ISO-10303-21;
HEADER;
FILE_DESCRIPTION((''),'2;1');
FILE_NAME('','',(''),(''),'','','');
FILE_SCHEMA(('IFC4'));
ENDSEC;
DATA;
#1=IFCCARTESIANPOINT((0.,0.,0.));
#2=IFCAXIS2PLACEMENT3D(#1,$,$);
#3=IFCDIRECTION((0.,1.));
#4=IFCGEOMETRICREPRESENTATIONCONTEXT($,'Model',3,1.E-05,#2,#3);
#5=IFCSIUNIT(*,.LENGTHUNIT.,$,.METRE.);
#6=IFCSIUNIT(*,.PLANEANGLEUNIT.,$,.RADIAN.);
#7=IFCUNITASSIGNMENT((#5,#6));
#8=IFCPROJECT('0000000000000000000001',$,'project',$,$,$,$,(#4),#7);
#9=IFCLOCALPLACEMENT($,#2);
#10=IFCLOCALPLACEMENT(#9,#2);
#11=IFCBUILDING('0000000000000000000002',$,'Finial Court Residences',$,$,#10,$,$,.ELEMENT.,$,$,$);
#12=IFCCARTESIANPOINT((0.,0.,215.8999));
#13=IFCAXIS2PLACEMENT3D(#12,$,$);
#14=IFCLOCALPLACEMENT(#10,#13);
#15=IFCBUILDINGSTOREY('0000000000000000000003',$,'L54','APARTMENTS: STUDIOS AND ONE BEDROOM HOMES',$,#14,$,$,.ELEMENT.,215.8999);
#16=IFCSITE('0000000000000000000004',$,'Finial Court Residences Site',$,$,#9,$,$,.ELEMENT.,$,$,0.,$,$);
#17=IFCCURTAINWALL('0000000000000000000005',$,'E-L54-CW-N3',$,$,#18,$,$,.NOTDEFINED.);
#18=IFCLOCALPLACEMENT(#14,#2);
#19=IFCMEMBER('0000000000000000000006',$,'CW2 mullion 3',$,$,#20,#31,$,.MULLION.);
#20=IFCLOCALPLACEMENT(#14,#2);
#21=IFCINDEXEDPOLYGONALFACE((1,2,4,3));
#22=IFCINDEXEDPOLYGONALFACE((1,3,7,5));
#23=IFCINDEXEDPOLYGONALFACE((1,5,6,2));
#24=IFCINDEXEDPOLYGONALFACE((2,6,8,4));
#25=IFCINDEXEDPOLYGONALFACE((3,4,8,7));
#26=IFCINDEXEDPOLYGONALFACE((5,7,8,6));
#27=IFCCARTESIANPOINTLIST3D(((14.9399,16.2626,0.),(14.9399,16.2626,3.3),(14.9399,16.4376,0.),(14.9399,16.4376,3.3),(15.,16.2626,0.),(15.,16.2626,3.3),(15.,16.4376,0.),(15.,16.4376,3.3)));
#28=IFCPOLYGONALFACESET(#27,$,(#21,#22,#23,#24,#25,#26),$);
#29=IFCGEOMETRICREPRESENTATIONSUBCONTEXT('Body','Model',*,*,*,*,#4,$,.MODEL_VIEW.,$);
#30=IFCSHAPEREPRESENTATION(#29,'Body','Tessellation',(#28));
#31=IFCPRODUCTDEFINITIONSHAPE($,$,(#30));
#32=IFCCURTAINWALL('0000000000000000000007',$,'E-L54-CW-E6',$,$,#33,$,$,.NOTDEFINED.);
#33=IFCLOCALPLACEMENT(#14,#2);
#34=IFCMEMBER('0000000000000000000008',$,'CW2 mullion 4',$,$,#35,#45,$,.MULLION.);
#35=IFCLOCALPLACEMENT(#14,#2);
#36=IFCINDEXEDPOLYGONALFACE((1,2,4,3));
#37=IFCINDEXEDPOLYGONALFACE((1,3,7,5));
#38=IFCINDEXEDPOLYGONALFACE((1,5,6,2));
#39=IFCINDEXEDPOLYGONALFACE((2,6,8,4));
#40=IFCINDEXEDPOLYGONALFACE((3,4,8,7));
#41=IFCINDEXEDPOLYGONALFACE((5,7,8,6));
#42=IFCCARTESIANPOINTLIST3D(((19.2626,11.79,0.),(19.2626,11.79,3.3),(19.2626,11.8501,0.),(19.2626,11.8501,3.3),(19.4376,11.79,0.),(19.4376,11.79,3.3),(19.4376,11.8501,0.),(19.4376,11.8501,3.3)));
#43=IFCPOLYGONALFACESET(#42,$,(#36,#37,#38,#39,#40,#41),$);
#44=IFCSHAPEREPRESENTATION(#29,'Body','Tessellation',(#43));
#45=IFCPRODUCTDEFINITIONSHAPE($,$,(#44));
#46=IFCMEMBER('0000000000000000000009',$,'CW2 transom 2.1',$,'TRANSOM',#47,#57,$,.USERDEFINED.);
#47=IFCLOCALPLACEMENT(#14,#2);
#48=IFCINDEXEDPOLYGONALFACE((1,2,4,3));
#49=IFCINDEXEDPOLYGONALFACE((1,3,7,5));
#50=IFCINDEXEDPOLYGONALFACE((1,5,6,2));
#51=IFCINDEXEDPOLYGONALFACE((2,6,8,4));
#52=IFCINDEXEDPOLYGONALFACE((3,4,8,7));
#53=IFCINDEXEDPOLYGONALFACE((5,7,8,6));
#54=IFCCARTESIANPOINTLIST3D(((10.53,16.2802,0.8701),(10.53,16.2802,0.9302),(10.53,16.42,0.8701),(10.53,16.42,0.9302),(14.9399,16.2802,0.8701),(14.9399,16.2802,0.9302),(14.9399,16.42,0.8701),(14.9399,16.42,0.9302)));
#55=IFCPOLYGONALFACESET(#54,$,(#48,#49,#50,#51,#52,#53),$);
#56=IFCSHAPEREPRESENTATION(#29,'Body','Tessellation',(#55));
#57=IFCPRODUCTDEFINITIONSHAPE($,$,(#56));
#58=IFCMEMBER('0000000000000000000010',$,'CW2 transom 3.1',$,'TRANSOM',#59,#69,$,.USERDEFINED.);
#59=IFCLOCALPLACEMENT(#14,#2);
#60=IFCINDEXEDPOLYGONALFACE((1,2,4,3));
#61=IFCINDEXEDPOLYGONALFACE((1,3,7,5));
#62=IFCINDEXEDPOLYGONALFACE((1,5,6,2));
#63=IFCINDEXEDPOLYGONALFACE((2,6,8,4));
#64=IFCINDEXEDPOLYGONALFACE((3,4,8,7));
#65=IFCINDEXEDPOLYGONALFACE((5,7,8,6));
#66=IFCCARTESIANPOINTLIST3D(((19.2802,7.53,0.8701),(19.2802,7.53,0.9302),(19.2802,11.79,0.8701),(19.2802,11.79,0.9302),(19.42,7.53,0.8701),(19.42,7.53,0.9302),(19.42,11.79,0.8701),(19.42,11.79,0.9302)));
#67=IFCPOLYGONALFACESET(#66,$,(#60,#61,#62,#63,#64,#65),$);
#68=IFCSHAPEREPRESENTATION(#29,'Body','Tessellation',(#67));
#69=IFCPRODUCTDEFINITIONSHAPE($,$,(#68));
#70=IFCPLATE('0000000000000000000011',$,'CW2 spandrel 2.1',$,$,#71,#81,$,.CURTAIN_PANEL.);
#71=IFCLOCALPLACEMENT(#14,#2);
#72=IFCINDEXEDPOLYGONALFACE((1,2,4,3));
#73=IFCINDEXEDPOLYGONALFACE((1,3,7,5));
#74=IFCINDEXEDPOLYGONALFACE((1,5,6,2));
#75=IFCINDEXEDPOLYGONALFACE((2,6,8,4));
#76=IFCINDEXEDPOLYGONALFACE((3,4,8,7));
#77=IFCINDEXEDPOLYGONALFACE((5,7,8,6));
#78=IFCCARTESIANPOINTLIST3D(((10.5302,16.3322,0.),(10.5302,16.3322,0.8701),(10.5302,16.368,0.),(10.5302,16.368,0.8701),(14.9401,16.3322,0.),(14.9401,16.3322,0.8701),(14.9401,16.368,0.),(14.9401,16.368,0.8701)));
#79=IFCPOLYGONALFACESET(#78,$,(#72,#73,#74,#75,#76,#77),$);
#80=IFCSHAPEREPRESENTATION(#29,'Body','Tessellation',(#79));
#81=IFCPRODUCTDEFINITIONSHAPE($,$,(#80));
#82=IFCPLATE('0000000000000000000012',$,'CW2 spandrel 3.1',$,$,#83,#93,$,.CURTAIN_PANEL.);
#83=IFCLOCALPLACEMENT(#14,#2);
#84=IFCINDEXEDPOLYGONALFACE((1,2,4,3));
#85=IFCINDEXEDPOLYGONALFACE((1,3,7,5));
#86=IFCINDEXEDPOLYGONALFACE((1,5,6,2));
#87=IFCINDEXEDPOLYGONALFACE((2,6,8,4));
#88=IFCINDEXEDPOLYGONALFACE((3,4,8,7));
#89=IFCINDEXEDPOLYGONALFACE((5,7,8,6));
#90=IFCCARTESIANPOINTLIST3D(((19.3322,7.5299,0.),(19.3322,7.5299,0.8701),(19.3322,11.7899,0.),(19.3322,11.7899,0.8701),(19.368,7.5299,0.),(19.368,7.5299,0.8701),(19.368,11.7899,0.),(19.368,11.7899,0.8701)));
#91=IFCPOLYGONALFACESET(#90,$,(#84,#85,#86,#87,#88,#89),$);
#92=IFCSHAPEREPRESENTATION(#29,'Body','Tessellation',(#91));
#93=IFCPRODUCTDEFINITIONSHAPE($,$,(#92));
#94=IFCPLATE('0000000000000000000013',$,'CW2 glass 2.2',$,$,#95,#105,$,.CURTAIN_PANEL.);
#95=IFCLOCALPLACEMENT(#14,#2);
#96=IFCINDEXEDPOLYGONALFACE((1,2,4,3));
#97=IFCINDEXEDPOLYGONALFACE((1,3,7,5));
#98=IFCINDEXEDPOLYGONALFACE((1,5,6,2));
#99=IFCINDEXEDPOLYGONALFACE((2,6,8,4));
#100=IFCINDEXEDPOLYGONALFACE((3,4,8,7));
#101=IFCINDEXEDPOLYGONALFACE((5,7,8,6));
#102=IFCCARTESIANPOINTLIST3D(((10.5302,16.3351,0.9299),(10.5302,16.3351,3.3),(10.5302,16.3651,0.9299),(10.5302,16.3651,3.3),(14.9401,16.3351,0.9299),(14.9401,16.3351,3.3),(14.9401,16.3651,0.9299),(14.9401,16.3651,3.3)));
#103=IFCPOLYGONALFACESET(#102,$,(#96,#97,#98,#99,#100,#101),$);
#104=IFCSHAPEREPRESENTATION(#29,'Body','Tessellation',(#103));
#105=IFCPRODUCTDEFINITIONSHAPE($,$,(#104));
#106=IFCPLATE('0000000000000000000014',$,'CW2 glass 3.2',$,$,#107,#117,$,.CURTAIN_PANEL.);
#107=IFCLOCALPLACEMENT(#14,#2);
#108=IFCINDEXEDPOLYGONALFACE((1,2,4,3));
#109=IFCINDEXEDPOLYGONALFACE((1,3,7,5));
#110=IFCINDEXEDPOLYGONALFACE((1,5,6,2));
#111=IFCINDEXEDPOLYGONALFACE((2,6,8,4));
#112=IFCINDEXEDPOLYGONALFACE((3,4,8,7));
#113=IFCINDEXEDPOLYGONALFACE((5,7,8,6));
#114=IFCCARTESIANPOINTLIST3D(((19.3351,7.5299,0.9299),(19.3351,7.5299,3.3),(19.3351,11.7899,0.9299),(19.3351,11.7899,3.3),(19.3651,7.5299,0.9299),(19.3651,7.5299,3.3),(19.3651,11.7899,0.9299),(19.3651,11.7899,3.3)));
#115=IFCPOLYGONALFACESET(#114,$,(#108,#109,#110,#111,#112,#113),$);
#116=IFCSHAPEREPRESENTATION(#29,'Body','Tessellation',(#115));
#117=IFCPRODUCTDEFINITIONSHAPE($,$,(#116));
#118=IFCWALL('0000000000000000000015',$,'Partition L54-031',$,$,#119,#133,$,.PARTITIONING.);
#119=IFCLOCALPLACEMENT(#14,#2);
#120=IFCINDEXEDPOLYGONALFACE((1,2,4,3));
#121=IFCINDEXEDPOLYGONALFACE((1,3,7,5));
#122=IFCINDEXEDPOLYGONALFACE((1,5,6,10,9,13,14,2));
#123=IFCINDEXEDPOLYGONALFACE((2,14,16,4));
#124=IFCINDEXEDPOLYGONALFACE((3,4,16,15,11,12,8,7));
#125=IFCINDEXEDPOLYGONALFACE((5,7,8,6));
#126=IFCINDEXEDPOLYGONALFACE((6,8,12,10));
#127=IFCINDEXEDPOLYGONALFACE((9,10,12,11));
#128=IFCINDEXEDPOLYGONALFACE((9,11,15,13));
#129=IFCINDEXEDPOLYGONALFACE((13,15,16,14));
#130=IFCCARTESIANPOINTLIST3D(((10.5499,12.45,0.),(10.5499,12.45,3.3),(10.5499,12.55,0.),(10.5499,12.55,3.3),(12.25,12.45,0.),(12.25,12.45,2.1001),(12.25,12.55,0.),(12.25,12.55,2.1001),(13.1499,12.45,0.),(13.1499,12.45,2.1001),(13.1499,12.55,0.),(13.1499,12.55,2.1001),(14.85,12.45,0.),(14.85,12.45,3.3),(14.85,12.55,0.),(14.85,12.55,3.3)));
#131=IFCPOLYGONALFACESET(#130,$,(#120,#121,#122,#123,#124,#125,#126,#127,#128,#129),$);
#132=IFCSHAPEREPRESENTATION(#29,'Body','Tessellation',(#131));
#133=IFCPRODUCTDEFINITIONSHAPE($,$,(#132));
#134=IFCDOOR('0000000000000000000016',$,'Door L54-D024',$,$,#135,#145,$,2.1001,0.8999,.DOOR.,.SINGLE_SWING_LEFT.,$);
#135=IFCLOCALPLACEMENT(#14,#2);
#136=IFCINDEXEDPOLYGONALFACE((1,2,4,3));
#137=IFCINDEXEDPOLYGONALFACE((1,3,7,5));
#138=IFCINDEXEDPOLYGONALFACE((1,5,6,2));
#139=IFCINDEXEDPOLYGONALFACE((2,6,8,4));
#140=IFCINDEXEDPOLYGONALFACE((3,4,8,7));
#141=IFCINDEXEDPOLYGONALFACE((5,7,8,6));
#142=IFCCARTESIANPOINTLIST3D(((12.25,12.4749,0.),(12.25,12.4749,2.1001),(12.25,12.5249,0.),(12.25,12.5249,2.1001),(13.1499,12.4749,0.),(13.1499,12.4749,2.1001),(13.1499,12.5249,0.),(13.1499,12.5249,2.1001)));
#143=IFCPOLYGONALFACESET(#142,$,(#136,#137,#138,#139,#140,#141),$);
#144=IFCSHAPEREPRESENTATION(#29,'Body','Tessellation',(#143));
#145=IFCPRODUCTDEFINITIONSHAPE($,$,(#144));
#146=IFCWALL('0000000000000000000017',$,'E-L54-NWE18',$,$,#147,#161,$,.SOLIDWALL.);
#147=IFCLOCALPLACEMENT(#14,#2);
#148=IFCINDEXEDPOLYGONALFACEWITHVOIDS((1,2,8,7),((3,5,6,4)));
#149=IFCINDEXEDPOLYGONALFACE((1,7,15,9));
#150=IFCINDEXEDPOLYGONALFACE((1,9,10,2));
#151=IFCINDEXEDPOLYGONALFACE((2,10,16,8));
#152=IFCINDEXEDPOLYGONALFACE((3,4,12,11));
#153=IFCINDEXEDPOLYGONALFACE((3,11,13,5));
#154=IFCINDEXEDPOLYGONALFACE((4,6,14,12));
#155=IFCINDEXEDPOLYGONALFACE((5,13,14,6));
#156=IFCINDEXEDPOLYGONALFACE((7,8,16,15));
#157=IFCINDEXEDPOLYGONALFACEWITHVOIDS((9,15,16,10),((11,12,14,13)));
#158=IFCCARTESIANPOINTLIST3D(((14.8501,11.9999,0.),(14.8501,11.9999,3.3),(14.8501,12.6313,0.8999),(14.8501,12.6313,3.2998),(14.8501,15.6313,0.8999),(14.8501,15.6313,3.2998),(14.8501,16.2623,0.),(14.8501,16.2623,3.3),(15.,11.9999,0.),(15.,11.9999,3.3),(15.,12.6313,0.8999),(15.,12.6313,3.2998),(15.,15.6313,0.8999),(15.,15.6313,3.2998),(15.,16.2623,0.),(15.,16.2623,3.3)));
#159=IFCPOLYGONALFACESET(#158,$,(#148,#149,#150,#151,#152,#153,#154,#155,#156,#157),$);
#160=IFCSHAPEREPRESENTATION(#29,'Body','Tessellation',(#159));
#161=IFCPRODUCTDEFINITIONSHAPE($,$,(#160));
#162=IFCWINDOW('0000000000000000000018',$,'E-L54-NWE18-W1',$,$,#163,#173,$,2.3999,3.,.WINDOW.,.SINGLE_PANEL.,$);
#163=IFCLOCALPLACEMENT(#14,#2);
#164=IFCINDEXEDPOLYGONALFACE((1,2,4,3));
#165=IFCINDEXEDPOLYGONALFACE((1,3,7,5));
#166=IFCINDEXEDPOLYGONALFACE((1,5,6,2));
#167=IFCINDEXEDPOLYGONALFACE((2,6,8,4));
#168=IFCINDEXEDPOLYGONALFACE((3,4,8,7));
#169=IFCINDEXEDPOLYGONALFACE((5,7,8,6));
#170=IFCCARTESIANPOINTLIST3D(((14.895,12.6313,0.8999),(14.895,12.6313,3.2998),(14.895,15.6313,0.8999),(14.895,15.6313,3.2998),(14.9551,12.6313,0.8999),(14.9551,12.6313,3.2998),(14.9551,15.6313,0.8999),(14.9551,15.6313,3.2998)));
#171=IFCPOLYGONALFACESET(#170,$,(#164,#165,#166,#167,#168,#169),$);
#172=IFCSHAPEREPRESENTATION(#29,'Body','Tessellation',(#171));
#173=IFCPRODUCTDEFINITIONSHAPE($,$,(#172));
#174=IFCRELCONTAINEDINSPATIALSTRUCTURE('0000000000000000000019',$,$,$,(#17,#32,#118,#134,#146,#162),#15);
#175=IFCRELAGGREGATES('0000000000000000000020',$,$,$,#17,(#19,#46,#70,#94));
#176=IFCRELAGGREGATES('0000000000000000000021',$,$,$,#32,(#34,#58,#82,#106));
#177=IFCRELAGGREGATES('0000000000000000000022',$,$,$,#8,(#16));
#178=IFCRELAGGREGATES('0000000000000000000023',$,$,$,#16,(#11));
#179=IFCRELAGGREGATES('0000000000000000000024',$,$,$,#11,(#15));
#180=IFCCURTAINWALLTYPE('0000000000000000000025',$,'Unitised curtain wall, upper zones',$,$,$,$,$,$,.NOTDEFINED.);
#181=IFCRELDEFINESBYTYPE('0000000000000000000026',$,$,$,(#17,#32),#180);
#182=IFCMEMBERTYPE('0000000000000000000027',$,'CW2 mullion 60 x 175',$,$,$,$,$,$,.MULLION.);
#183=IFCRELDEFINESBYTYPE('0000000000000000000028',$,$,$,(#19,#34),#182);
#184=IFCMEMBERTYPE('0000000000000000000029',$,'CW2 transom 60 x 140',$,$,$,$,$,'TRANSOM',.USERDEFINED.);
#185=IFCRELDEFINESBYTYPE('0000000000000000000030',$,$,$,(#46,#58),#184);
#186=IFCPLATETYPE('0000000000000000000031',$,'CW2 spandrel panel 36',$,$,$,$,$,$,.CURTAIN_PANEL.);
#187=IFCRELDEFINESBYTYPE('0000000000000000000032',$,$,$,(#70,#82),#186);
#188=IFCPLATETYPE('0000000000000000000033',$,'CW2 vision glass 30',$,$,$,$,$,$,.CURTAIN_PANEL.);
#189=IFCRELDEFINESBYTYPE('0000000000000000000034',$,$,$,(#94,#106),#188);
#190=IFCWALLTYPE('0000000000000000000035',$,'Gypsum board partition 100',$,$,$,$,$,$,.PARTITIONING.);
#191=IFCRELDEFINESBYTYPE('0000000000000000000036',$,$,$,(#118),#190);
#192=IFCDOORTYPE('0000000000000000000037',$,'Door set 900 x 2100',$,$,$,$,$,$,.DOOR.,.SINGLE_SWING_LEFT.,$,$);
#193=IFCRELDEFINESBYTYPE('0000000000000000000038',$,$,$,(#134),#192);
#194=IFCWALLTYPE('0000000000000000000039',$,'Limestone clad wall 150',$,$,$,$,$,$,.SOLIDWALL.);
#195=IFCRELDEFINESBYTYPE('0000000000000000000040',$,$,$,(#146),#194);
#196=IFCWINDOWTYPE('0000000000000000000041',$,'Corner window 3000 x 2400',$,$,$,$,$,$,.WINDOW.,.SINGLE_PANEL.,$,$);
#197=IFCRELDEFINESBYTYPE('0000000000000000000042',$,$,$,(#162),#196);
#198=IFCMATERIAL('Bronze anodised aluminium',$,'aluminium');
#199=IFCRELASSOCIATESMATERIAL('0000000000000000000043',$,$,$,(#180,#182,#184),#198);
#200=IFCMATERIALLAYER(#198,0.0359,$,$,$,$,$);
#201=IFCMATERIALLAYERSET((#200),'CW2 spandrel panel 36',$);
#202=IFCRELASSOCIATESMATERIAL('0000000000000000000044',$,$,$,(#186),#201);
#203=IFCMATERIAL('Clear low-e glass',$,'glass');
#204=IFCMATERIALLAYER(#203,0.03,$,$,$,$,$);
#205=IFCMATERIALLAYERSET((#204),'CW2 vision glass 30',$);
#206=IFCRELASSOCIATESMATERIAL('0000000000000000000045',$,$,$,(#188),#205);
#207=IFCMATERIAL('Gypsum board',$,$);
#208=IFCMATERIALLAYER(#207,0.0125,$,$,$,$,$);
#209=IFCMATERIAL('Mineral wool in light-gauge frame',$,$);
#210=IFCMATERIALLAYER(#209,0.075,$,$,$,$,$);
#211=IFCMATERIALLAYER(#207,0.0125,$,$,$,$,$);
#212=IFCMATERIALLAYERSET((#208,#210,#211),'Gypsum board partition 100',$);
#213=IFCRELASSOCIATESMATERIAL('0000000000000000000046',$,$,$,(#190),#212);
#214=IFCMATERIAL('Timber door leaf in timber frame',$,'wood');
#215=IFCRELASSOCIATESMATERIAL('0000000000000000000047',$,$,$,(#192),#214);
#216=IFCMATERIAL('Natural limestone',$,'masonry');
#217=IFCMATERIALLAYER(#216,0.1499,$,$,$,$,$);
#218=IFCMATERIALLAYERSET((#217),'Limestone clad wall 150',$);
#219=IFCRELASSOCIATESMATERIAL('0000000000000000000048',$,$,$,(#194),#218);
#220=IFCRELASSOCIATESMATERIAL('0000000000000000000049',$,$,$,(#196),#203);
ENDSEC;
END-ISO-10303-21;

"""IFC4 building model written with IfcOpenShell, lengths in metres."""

from ifc_helpers import new_model, si_unit, direction, frame, frame_2d, origin, origin_2d, place, context, subcontext, project, spatial, rectangle, extrude, material, layer, layer_set, material_profile, profile_set, type_object, element, fill, aggregate, save


model = new_model("IFC4")

# Units and contexts
model_context = context("Model", 3, precision=1e-05, world=origin(), true_north=direction((0.0, 1.0)))
body_context = subcontext(model_context, "Body", "Model", "MODEL_VIEW")
ifc_project = project(units=[si_unit("LENGTHUNIT", "METRE"), si_unit("PLANEANGLEUNIT", "RADIAN")], contexts=[model_context])

# Site, building, storey
site_placement = place(None, origin())
site = spatial("IfcSite", under=ifc_project, at=site_placement, Name="Finial Court Residences Site", CompositionType="ELEMENT", RefElevation=0.0)
building_placement = place(site_placement, origin())
building = spatial("IfcBuilding", under=site, at=building_placement, Name="Finial Court Residences", CompositionType="ELEMENT")
storey_placement = place(building_placement, frame((0.0, 0.0, 215.8999)))
storey = spatial("IfcBuildingStorey", under=building, at=storey_placement, Name="L54", Description="APARTMENTS: STUDIOS AND ONE BEDROOM HOMES", CompositionType="ELEMENT", Elevation=215.8999)

# Curtain walls, members
ifc_material_1 = material(Name="Bronze anodised aluminium", Category="aluminium")
curtain_wall_type = type_object("IfcCurtainWallType", Name="Unitised curtain wall, upper zones", PredefinedType="NOTDEFINED", material=ifc_material_1)
curtain_wall_1_placement = place(storey_placement, origin())
curtain_wall_1 = element("IfcCurtainWall", 1, at=curtain_wall_1_placement, inside=storey, type_object=curtain_wall_type, Name="E-L54-CW-N3", PredefinedType="NOTDEFINED")
ifc_material_profile_1 = material_profile(ifc_material_1, rectangle(XDim=0.175, YDim=0.0601, at=origin_2d()), Name="CW2 mullion 60 x 175")
ifc_profile_set_1 = profile_set([ifc_material_profile_1], Name="Bronze anodised aluminium")
member_type_1 = type_object("IfcMemberType", Name="CW2 mullion 60 x 175", PredefinedType="MULLION", material=ifc_profile_set_1)
member_1_placement = place(storey_placement, frame((14.97, 16.3501, 0.0), z_axis=(0.0, 0.0, 1.0), x_axis=(0.0, 1.0, 0.0)))
member_1 = element("IfcMember", 2, at=member_1_placement, type_object=member_type_1, Name="CW2 mullion 3", PredefinedType="MULLION", context=body_context, shape_type="SweptSolid", body=[
    extrude(rectangle(XDim=0.175, YDim=0.0601, at=origin_2d()), origin(), (0.0, 0.0, 1.0), 3.3),
])
curtain_wall_2_placement = place(storey_placement, origin())
curtain_wall_2 = element("IfcCurtainWall", 3, at=curtain_wall_2_placement, inside=storey, type_object=curtain_wall_type, Name="E-L54-CW-E6", PredefinedType="NOTDEFINED")
member_2_placement = place(storey_placement, frame((19.3501, 11.8201, 0.0), z_axis=(0.0, 0.0, 1.0), x_axis=(-1.0, 0.0, 0.0)))
member_2 = element("IfcMember", 4, at=member_2_placement, type_object=member_type_1, Name="CW2 mullion 4", PredefinedType="MULLION", context=body_context, shape_type="SweptSolid", body=[
    extrude(rectangle(XDim=0.175, YDim=0.0601, at=origin_2d()), origin(), (0.0, 0.0, 1.0), 3.3),
])

# Members
ifc_material_profile_2 = material_profile(ifc_material_1, rectangle(XDim=0.1399, YDim=0.0601, at=origin_2d()), Name="CW2 transom 60 x 140")
ifc_profile_set_2 = profile_set([ifc_material_profile_2], Name="Bronze anodised aluminium")
member_type_2 = type_object("IfcMemberType", Name="CW2 transom 60 x 140", ElementType="TRANSOM", PredefinedType="USERDEFINED", material=ifc_profile_set_2)
member_3_placement = place(storey_placement, frame((10.53, 16.3501, 0.9001), z_axis=(1.0, 0.0, 0.0), x_axis=(0.0, 1.0, 0.0)))
member_3 = element("IfcMember", 5, at=member_3_placement, type_object=member_type_2, Name="CW2 transom 2.1", ObjectType="TRANSOM", PredefinedType="USERDEFINED", context=body_context, shape_type="SweptSolid", body=[
    extrude(rectangle(XDim=0.1399, YDim=0.0601, at=origin_2d()), origin(), (0.0, 0.0, 1.0), 4.4099),
])
member_4_placement = place(storey_placement, frame((19.3501, 7.53, 0.9001), z_axis=(0.0, 1.0, 0.0), x_axis=(-1.0, 0.0, 0.0)))
member_4 = element("IfcMember", 6, at=member_4_placement, type_object=member_type_2, Name="CW2 transom 3.1", ObjectType="TRANSOM", PredefinedType="USERDEFINED", context=body_context, shape_type="SweptSolid", body=[
    extrude(rectangle(XDim=0.1399, YDim=0.0601, at=origin_2d()), origin(), (0.0, 0.0, 1.0), 4.26),
])

# Plates
ifc_layer_1 = layer(ifc_material_1, 0.0359)
ifc_layer_set_1 = layer_set([ifc_layer_1], Name="CW2 spandrel panel 36")
plate_type_1 = type_object("IfcPlateType", Name="CW2 spandrel panel 36", PredefinedType="CURTAIN_PANEL", material=ifc_layer_set_1)
plate_1_placement = place(storey_placement, frame((12.7351, 16.3501, 0.0), z_axis=(0.0, 0.0, 1.0), x_axis=(1.0, 0.0, 0.0)))
plate_1 = element("IfcPlate", 7, at=plate_1_placement, type_object=plate_type_1, Name="CW2 spandrel 2.1", PredefinedType="CURTAIN_PANEL", context=body_context, shape_type="SweptSolid", body=[
    extrude(rectangle(XDim=4.4099, YDim=0.0359, at=origin_2d()), origin(), (0.0, 0.0, 1.0), 0.8701),
])
plate_2_placement = place(storey_placement, frame((19.3501, 9.6599, 0.0), z_axis=(0.0, 0.0, 1.0), x_axis=(0.0, 1.0, 0.0)))
plate_2 = element("IfcPlate", 8, at=plate_2_placement, type_object=plate_type_1, Name="CW2 spandrel 3.1", PredefinedType="CURTAIN_PANEL", context=body_context, shape_type="SweptSolid", body=[
    extrude(rectangle(XDim=4.26, YDim=0.0359, at=origin_2d()), origin(), (0.0, 0.0, 1.0), 0.8701),
])
ifc_material_2 = material(Name="Clear low-e glass", Category="glass")
ifc_layer_2 = layer(ifc_material_2, 0.03)
ifc_layer_set_2 = layer_set([ifc_layer_2], Name="CW2 vision glass 30")
plate_type_2 = type_object("IfcPlateType", Name="CW2 vision glass 30", PredefinedType="CURTAIN_PANEL", material=ifc_layer_set_2)
plate_3_placement = place(storey_placement, frame((12.7351, 16.3501, 0.9299), z_axis=(0.0, 0.0, 1.0), x_axis=(1.0, 0.0, 0.0)))
plate_3 = element("IfcPlate", 9, at=plate_3_placement, type_object=plate_type_2, Name="CW2 glass 2.2", PredefinedType="CURTAIN_PANEL", context=body_context, shape_type="SweptSolid", body=[
    extrude(rectangle(XDim=4.4099, YDim=0.03, at=origin_2d()), origin(), (0.0, 0.0, 1.0), 2.3701),
])
aggregate(curtain_wall_1, [member_1, member_3, plate_1, plate_3])
plate_4_placement = place(storey_placement, frame((19.3501, 9.6599, 0.9299), z_axis=(0.0, 0.0, 1.0), x_axis=(0.0, 1.0, 0.0)))
plate_4 = element("IfcPlate", 10, at=plate_4_placement, type_object=plate_type_2, Name="CW2 glass 3.2", PredefinedType="CURTAIN_PANEL", context=body_context, shape_type="SweptSolid", body=[
    extrude(rectangle(XDim=4.26, YDim=0.03, at=origin_2d()), origin(), (0.0, 0.0, 1.0), 2.3701),
])
aggregate(curtain_wall_2, [member_2, member_4, plate_2, plate_4])

# Wall, opening, door
ifc_material_3 = material(Name="Gypsum board")
ifc_layer_3 = layer(ifc_material_3, 0.0125)
ifc_material_4 = material(Name="Mineral wool in light-gauge frame")
ifc_layer_4 = layer(ifc_material_4, 0.075)
ifc_layer_5 = layer(ifc_material_3, 0.0125)
ifc_layer_set_3 = layer_set([ifc_layer_3, ifc_layer_4, ifc_layer_5], Name="Gypsum board partition 100")
wall_type_1 = type_object("IfcWallType", Name="Gypsum board partition 100", PredefinedType="PARTITIONING", material=ifc_layer_set_3)
wall_1_placement = place(storey_placement, frame((10.55, 12.5, 0.0), z_axis=(0.0, 0.0, 1.0), x_axis=(1.0, 0.0, 0.0)))
wall_1 = element("IfcWall", 11, at=wall_1_placement, inside=storey, type_object=wall_type_1, Name="Partition L54-031", PredefinedType="PARTITIONING", context=body_context, shape_type="SweptSolid", body=[
    extrude(rectangle(XDim=4.3, YDim=0.1001, at=frame_2d((2.1499, 0.0))), origin(), (0.0, 0.0, 1.0), 3.3),
])
opening_1_placement = place(wall_1_placement, frame((1.7, 0.0, 0.0)))
opening_1 = element("IfcOpeningElement", 12, at=opening_1_placement, cuts=wall_1, PredefinedType="OPENING", context=body_context, shape_type="SweptSolid", body=[
    extrude(rectangle(XDim=0.8999, YDim=2.1001, at=frame_2d((0.45, 1.05))), frame((0.0, 0.0601, 0.0), z_axis=(0.0, -1.0, 0.0), x_axis=(1.0, 0.0, 0.0)), (0.0, 0.0, 1.0), 0.1201),
])
ifc_material_5 = material(Name="Timber door leaf in timber frame", Category="wood")
door_type = type_object("IfcDoorType", Name="Door set 900 x 2100", OperationType="SINGLE_SWING_LEFT", PredefinedType="DOOR", material=ifc_material_5)
door_placement = place(opening_1_placement, origin())
door = element("IfcDoor", 13, at=door_placement, inside=storey, type_object=door_type, Name="Door L54-D024", OperationType="SINGLE_SWING_LEFT", OverallHeight=2.1001, OverallWidth=0.8999, PredefinedType="DOOR", context=body_context, shape_type="SweptSolid", body=[
    extrude(rectangle(XDim=0.8999, YDim=2.1001, at=frame_2d((0.45, 1.05))), frame((0.0, 0.0249, 0.0), z_axis=(0.0, -1.0, 0.0), x_axis=(1.0, 0.0, 0.0)), (0.0, 0.0, 1.0), 0.05),
])
fill(opening_1, door)

# Wall, opening, window
ifc_material_6 = material(Name="Natural limestone", Category="masonry")
ifc_layer_6 = layer(ifc_material_6, 0.1499)
ifc_layer_set_4 = layer_set([ifc_layer_6], Name="Limestone clad wall 150")
wall_type_2 = type_object("IfcWallType", Name="Limestone clad wall 150", PredefinedType="SOLIDWALL", material=ifc_layer_set_4)
wall_2_placement = place(storey_placement, frame((14.925, 16.2625, 0.0), z_axis=(0.0, 0.0, 1.0), x_axis=(0.0, -1.0, 0.0)))
wall_2 = element("IfcWall", 14, at=wall_2_placement, inside=storey, type_object=wall_type_2, Name="E-L54-NWE18", PredefinedType="SOLIDWALL", context=body_context, shape_type="SweptSolid", body=[
    extrude(rectangle(XDim=4.2625, YDim=0.1499, at=frame_2d((2.1313, 0.0))), origin(), (0.0, 0.0, 1.0), 3.3),
])
opening_2_placement = place(wall_2_placement, frame((0.6311, 0.0, 0.8999)))
opening_2 = element("IfcOpeningElement", 15, at=opening_2_placement, cuts=wall_2, PredefinedType="OPENING", context=body_context, shape_type="SweptSolid", body=[
    extrude(rectangle(XDim=3.0, YDim=2.3999, at=frame_2d((1.5, 1.2))), frame((0.0, 0.085, 0.0), z_axis=(0.0, -1.0, 0.0), x_axis=(1.0, 0.0, 0.0)), (0.0, 0.0, 1.0), 0.1699),
])
window_type = type_object("IfcWindowType", Name="Corner window 3000 x 2400", PartitioningType="SINGLE_PANEL", PredefinedType="WINDOW", material=ifc_material_2)
window_1_placement = place(opening_2_placement, origin())
window_1 = element("IfcWindow", 16, at=window_1_placement, inside=storey, type_object=window_type, Name="E-L54-NWE18-W1", OverallHeight=2.3999, OverallWidth=3.0, PartitioningType="SINGLE_PANEL", PredefinedType="WINDOW", context=body_context, shape_type="SweptSolid", body=[
    extrude(rectangle(XDim=3.0, YDim=2.3999, at=frame_2d((1.5, 1.2))), frame((0.0, 0.03, 0.0), z_axis=(0.0, -1.0, 0.0), x_axis=(1.0, 0.0, 0.0)), (0.0, 0.0, 1.0), 0.0601),
])
fill(opening_2, window_1)

save(model, "model.ifc")
